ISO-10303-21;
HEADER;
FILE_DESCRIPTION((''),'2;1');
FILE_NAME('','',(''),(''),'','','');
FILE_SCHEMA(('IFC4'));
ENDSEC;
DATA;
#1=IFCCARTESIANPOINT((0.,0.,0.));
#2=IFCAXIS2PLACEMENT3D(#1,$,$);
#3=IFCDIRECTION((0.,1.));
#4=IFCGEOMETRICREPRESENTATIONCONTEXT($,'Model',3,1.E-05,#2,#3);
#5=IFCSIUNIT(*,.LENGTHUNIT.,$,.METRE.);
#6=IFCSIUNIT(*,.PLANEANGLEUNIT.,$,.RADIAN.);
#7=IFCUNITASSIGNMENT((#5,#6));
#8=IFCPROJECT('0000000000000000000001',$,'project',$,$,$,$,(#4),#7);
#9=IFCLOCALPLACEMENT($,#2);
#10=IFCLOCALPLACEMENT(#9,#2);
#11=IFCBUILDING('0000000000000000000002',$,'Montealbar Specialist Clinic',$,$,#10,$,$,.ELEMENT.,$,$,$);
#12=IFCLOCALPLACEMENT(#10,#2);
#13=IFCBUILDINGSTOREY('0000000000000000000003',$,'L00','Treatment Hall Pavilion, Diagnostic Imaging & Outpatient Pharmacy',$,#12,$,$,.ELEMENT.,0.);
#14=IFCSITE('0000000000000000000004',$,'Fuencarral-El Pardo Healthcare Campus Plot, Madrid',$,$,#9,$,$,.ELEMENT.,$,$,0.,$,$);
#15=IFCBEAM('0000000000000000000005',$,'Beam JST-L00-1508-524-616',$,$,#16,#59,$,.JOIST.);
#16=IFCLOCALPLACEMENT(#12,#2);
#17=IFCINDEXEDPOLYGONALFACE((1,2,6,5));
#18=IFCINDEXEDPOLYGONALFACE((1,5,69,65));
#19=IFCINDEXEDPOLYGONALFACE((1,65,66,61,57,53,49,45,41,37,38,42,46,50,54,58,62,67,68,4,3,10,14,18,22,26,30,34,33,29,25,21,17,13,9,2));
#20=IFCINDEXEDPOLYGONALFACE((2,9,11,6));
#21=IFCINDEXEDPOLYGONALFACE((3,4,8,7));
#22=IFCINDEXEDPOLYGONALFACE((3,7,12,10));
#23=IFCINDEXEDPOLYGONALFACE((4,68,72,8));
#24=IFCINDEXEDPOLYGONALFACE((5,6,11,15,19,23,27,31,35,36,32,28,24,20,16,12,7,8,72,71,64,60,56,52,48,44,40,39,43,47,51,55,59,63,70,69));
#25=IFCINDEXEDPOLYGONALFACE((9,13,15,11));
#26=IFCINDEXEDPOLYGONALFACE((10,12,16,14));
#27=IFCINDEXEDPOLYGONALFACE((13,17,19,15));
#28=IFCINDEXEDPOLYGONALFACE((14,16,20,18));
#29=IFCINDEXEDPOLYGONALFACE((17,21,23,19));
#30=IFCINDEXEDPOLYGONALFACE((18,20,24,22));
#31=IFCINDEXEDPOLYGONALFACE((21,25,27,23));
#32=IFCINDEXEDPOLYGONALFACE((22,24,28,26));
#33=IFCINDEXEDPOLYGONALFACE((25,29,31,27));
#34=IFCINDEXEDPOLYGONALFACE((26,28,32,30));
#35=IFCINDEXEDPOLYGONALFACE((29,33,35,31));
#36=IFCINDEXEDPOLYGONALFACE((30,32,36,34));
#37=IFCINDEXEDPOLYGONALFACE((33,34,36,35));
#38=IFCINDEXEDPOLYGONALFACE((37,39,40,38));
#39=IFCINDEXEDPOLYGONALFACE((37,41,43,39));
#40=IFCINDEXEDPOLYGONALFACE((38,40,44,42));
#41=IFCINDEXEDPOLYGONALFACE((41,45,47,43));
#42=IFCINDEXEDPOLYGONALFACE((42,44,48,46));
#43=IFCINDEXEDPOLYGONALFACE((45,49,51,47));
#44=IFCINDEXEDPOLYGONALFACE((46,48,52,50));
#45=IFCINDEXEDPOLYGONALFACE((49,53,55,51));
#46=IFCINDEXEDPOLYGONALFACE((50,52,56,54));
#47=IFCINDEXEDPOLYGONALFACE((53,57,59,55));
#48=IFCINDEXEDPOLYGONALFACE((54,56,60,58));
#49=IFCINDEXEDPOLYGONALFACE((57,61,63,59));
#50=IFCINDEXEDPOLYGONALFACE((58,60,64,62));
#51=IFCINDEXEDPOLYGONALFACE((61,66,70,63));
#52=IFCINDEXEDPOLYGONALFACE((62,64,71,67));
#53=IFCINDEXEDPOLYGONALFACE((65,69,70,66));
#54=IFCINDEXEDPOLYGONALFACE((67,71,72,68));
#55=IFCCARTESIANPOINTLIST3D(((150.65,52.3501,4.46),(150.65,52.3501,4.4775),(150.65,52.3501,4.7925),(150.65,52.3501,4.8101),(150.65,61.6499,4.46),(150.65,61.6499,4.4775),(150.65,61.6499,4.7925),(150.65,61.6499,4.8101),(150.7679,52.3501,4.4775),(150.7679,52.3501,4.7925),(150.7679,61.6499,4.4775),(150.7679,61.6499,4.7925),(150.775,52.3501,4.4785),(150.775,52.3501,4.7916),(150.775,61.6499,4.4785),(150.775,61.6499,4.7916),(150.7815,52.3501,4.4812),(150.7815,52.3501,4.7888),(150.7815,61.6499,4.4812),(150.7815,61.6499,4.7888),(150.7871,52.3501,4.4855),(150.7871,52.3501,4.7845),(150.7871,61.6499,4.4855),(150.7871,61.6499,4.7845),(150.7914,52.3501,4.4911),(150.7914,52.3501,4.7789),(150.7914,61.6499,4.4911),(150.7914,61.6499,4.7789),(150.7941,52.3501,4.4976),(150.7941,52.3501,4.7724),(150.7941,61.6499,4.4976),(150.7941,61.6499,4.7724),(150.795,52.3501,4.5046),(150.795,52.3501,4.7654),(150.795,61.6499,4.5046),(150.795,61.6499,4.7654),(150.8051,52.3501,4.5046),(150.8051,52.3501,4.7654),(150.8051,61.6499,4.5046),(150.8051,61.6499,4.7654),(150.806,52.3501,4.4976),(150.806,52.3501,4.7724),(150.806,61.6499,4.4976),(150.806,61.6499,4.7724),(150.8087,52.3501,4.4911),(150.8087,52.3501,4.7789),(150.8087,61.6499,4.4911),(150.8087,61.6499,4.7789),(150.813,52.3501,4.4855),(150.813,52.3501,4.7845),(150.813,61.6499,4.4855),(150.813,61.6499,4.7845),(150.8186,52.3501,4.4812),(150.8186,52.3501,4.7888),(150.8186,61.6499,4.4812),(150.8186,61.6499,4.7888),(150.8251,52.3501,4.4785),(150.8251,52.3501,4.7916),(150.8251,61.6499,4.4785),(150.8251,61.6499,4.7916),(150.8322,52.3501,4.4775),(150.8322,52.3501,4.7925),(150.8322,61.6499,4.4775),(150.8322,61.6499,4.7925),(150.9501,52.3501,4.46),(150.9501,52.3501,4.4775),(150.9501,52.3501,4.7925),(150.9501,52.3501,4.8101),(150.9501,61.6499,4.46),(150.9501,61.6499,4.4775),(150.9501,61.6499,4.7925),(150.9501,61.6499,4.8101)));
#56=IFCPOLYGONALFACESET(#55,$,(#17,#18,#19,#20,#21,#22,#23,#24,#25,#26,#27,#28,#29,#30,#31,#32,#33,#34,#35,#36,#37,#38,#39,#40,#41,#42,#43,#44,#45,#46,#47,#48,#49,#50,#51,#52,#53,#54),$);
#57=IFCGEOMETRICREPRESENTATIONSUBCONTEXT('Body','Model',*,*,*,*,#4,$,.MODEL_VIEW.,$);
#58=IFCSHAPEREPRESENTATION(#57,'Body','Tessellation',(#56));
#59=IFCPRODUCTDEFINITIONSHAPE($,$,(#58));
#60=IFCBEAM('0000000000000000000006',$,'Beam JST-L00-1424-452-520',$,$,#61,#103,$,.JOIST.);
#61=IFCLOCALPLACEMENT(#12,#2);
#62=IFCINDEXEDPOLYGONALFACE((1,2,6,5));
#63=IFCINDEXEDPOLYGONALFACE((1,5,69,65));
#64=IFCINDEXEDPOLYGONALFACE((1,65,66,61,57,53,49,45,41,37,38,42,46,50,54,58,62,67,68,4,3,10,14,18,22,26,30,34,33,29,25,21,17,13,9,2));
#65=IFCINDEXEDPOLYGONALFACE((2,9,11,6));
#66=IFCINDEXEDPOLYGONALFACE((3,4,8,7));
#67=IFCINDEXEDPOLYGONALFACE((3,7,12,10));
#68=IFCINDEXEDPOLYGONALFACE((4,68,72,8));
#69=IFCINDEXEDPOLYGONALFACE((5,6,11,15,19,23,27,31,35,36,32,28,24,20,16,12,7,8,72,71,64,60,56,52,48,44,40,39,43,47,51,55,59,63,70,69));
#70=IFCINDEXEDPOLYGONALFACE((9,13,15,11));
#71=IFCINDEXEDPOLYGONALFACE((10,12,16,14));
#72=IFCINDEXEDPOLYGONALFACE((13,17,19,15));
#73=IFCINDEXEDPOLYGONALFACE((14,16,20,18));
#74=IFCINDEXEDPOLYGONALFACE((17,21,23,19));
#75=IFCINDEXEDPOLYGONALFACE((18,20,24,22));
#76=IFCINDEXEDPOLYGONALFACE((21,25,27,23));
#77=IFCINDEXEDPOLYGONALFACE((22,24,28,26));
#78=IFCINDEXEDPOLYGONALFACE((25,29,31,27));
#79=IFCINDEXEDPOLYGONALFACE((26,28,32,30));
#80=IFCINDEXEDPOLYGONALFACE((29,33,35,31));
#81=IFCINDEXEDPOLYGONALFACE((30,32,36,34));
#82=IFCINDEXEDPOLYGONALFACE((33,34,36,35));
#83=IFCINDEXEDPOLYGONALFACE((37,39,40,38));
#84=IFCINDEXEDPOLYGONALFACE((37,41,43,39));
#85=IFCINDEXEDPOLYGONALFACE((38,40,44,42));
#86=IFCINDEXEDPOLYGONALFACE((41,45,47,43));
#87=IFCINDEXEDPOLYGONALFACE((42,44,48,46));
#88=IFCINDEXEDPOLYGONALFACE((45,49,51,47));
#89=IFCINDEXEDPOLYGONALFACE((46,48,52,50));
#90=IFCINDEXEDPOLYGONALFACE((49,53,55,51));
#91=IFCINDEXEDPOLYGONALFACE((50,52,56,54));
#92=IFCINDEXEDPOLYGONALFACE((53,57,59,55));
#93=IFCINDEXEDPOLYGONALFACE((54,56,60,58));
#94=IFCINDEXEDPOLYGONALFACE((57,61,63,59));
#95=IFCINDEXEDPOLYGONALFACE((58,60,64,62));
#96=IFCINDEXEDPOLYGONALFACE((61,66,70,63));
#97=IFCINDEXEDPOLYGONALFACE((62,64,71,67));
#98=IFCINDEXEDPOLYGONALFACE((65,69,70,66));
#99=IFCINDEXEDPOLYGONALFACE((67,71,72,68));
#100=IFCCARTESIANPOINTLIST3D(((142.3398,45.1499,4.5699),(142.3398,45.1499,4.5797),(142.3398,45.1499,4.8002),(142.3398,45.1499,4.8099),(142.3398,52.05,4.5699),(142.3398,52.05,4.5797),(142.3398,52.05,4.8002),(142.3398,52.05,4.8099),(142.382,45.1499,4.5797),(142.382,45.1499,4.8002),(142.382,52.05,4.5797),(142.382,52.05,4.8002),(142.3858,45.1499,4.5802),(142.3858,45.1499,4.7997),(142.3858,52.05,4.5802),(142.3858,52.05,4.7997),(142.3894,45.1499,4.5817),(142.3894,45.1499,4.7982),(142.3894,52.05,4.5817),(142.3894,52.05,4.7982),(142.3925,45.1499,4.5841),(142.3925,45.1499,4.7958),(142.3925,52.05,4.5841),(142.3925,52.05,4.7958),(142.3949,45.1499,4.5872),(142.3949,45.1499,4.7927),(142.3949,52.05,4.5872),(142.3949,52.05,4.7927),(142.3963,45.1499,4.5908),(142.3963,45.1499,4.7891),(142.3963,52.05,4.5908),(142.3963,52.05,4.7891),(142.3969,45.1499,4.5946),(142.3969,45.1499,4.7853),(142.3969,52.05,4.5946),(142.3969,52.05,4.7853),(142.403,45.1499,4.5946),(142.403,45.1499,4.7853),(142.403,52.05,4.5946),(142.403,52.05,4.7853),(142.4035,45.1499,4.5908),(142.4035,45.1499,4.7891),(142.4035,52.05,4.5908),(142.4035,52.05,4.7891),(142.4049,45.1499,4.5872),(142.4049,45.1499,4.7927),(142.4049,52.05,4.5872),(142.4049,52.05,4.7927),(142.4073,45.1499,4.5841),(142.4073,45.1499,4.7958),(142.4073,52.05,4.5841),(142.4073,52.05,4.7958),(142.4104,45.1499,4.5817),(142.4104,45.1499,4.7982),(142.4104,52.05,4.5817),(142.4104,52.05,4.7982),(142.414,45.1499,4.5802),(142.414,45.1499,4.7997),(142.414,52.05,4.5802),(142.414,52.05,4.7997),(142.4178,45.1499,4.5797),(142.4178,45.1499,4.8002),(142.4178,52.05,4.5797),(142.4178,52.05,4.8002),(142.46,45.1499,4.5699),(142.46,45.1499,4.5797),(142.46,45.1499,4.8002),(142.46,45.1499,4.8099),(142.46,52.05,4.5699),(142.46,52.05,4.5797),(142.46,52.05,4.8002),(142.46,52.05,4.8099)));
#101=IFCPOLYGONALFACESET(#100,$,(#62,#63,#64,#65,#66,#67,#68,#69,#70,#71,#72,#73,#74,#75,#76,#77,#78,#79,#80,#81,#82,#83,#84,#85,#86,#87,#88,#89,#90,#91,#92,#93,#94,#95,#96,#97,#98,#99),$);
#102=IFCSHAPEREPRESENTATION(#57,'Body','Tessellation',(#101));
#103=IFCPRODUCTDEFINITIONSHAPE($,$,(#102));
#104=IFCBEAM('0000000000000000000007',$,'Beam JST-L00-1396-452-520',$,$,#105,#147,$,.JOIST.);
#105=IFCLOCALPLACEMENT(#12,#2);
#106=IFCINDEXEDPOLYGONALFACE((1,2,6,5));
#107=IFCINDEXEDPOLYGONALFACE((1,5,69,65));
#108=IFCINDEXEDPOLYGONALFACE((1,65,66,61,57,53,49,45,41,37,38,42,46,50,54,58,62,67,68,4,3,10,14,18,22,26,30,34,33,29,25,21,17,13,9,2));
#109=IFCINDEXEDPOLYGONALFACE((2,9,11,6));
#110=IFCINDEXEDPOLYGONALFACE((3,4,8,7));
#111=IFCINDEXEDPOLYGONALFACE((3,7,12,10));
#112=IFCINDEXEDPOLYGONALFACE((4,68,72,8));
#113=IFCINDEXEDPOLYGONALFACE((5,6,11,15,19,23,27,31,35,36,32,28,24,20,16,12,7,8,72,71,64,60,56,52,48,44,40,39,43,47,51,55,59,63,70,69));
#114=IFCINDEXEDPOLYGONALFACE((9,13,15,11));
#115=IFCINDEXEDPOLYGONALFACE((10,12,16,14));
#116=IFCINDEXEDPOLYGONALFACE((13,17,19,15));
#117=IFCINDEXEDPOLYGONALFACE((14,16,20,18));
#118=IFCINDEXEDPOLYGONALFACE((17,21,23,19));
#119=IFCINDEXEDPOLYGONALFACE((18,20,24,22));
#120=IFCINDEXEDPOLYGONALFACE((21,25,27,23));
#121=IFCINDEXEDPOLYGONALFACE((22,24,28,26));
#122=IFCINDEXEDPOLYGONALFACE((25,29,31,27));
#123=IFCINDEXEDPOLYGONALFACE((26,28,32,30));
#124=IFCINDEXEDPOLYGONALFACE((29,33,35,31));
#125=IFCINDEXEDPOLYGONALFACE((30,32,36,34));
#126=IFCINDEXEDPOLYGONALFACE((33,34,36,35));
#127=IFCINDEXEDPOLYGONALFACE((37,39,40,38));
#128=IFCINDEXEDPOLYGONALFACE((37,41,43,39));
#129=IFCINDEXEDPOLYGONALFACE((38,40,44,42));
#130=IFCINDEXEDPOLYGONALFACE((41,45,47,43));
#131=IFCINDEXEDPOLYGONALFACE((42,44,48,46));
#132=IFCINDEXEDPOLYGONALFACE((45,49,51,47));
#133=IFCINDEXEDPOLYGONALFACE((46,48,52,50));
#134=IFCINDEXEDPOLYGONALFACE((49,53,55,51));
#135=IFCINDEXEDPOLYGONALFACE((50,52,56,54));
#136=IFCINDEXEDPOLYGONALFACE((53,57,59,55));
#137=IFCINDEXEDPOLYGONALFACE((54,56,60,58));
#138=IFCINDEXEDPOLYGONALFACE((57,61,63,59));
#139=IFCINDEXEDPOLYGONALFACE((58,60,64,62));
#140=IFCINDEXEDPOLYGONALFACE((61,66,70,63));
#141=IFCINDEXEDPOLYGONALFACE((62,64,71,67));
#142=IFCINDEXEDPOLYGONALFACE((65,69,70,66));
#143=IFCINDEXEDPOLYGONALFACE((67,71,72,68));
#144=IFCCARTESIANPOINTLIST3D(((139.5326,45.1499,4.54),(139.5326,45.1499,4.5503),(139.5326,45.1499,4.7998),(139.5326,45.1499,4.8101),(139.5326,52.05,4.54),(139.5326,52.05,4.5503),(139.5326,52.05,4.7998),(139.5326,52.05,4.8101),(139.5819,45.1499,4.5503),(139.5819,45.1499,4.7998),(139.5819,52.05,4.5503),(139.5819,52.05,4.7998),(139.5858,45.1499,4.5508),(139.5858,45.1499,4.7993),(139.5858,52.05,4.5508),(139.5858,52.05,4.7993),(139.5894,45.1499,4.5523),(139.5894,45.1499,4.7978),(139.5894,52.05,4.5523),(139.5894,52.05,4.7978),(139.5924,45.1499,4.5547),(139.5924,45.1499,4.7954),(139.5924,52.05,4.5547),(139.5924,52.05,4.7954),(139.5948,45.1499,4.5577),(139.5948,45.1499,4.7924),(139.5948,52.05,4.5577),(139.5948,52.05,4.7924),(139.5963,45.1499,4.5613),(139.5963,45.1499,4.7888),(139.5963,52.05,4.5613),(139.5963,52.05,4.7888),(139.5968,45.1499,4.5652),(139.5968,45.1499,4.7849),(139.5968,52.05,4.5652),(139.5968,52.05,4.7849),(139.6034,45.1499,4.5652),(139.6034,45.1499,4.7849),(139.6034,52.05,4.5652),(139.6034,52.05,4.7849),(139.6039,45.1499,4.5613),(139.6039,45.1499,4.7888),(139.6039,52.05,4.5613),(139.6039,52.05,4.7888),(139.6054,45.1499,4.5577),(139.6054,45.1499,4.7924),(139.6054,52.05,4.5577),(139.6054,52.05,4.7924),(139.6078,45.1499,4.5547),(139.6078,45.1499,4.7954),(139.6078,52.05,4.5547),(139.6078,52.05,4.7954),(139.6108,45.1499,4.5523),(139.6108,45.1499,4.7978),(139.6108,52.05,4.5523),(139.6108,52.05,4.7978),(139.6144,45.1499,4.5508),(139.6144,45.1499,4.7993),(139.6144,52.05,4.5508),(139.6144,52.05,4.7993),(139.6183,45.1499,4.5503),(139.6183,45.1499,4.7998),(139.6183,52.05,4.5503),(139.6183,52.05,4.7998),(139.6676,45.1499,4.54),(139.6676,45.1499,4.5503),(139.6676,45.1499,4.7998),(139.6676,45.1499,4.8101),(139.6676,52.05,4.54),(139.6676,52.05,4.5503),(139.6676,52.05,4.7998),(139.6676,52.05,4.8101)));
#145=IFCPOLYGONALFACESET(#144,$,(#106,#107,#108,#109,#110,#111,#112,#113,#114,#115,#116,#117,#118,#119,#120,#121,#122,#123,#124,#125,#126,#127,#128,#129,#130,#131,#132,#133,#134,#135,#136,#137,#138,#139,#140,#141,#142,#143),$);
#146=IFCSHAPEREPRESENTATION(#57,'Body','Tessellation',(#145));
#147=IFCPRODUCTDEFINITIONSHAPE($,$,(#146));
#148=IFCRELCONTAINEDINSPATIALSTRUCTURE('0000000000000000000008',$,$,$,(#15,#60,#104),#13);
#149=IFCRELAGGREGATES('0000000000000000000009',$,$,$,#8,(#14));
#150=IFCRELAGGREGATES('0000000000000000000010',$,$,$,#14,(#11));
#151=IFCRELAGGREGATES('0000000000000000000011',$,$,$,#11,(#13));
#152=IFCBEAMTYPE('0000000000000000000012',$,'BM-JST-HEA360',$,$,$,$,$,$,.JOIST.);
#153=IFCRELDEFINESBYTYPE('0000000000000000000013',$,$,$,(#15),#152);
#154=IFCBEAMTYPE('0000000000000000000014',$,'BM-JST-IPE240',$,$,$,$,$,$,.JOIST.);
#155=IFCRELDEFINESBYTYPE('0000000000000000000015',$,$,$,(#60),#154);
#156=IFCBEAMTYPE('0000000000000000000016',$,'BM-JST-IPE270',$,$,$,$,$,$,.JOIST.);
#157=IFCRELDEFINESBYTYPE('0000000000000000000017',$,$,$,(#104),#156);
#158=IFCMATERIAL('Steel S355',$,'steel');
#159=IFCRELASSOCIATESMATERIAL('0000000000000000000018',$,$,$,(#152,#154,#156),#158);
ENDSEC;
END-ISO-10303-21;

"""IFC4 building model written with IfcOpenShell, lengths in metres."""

from ifc_helpers import new_model, si_unit, direction, frame, origin, origin_2d, place, context, subcontext, project, spatial, i_section, extrude, material, material_profile, profile_set, type_object, element, save


model = new_model("IFC4")

# Units and contexts
model_context = context("Model", 3, precision=1e-05, world=origin(), true_north=direction((0.0, 1.0)))
body_context = subcontext(model_context, "Body", "Model", "MODEL_VIEW")
ifc_project = project(units=[si_unit("LENGTHUNIT", "METRE"), si_unit("PLANEANGLEUNIT", "RADIAN")], contexts=[model_context])

# Site, building, storey
site_placement = place(None, origin())
site = spatial("IfcSite", under=ifc_project, at=site_placement, Name="Fuencarral-El Pardo Healthcare Campus Plot, Madrid", CompositionType="ELEMENT", RefElevation=0.0)
building_placement = place(site_placement, origin())
building = spatial("IfcBuilding", under=site, at=building_placement, Name="Montealbar Specialist Clinic", CompositionType="ELEMENT")
storey_placement = place(building_placement, origin())
storey = spatial("IfcBuildingStorey", under=building, at=storey_placement, Name="L00", Description="Treatment Hall Pavilion, Diagnostic Imaging & Outpatient Pharmacy", CompositionType="ELEMENT", Elevation=0.0)

# Shared definitions
ifc_material_1 = material(Name="Steel S355", Category="steel")

# Beams
ifc_material_profile_1 = material_profile(ifc_material_1, i_section(OverallWidth=0.3, OverallDepth=0.3501, WebThickness=0.01, FlangeThickness=0.0176, FilletRadius=0.0271, at=origin_2d()), Name="HEA 360", Category="steel")
ifc_profile_set_1 = profile_set([ifc_material_profile_1], Name="Steel S355")
beam_type_1 = type_object("IfcBeamType", Name="BM-JST-HEA360", PredefinedType="JOIST", material=ifc_profile_set_1)
beam_1_placement = place(storey_placement, frame((150.8, 52.3501, 4.635), z_axis=(0.0, 1.0, 0.0), x_axis=(-1.0, 0.0, 0.0)))
element("IfcBeam", 1, at=beam_1_placement, inside=storey, type_object=beam_type_1, Name="Beam JST-L00-1508-524-616", PredefinedType="JOIST", context=body_context, shape_type="SweptSolid", body=[
    extrude(i_section(OverallWidth=0.3, OverallDepth=0.3501, WebThickness=0.01, FlangeThickness=0.0176, FilletRadius=0.0271, at=origin_2d()), origin(), (0.0, 0.0, 1.0), 9.2998),
])
ifc_material_profile_2 = material_profile(ifc_material_1, i_section(OverallWidth=0.1201, OverallDepth=0.24, WebThickness=0.0061, FlangeThickness=0.0098, FilletRadius=0.0149, at=origin_2d()), Name="IPE 240", Category="steel")
ifc_profile_set_2 = profile_set([ifc_material_profile_2], Name="Steel S355")
beam_type_2 = type_object("IfcBeamType", Name="BM-JST-IPE240", PredefinedType="JOIST", material=ifc_profile_set_2)
beam_2_placement = place(storey_placement, frame((142.3999, 45.1499, 4.6899), z_axis=(0.0, 1.0, 0.0), x_axis=(-1.0, 0.0, 0.0)))
element("IfcBeam", 2, at=beam_2_placement, inside=storey, type_object=beam_type_2, Name="Beam JST-L00-1424-452-520", PredefinedType="JOIST", context=body_context, shape_type="SweptSolid", body=[
    extrude(i_section(OverallWidth=0.1201, OverallDepth=0.24, WebThickness=0.0061, FlangeThickness=0.0098, FilletRadius=0.0149, at=origin_2d()), origin(), (0.0, 0.0, 1.0), 6.9001),
])
ifc_material_profile_3 = material_profile(ifc_material_1, i_section(OverallWidth=0.135, OverallDepth=0.27, WebThickness=0.0066, FlangeThickness=0.0103, FilletRadius=0.0149, at=origin_2d()), Name="IPE 270", Category="steel")
ifc_profile_set_3 = profile_set([ifc_material_profile_3], Name="Steel S355")
beam_type_3 = type_object("IfcBeamType", Name="BM-JST-IPE270", PredefinedType="JOIST", material=ifc_profile_set_3)
beam_3_placement = place(storey_placement, frame((139.6001, 45.1499, 4.675), z_axis=(0.0, 1.0, 0.0), x_axis=(-1.0, 0.0, 0.0)))
element("IfcBeam", 3, at=beam_3_placement, inside=storey, type_object=beam_type_3, Name="Beam JST-L00-1396-452-520", PredefinedType="JOIST", context=body_context, shape_type="SweptSolid", body=[
    extrude(i_section(OverallWidth=0.135, OverallDepth=0.27, WebThickness=0.0066, FlangeThickness=0.0103, FilletRadius=0.0149, at=origin_2d()), origin(), (0.0, 0.0, 1.0), 6.9001),
])

save(model, "model.ifc")
